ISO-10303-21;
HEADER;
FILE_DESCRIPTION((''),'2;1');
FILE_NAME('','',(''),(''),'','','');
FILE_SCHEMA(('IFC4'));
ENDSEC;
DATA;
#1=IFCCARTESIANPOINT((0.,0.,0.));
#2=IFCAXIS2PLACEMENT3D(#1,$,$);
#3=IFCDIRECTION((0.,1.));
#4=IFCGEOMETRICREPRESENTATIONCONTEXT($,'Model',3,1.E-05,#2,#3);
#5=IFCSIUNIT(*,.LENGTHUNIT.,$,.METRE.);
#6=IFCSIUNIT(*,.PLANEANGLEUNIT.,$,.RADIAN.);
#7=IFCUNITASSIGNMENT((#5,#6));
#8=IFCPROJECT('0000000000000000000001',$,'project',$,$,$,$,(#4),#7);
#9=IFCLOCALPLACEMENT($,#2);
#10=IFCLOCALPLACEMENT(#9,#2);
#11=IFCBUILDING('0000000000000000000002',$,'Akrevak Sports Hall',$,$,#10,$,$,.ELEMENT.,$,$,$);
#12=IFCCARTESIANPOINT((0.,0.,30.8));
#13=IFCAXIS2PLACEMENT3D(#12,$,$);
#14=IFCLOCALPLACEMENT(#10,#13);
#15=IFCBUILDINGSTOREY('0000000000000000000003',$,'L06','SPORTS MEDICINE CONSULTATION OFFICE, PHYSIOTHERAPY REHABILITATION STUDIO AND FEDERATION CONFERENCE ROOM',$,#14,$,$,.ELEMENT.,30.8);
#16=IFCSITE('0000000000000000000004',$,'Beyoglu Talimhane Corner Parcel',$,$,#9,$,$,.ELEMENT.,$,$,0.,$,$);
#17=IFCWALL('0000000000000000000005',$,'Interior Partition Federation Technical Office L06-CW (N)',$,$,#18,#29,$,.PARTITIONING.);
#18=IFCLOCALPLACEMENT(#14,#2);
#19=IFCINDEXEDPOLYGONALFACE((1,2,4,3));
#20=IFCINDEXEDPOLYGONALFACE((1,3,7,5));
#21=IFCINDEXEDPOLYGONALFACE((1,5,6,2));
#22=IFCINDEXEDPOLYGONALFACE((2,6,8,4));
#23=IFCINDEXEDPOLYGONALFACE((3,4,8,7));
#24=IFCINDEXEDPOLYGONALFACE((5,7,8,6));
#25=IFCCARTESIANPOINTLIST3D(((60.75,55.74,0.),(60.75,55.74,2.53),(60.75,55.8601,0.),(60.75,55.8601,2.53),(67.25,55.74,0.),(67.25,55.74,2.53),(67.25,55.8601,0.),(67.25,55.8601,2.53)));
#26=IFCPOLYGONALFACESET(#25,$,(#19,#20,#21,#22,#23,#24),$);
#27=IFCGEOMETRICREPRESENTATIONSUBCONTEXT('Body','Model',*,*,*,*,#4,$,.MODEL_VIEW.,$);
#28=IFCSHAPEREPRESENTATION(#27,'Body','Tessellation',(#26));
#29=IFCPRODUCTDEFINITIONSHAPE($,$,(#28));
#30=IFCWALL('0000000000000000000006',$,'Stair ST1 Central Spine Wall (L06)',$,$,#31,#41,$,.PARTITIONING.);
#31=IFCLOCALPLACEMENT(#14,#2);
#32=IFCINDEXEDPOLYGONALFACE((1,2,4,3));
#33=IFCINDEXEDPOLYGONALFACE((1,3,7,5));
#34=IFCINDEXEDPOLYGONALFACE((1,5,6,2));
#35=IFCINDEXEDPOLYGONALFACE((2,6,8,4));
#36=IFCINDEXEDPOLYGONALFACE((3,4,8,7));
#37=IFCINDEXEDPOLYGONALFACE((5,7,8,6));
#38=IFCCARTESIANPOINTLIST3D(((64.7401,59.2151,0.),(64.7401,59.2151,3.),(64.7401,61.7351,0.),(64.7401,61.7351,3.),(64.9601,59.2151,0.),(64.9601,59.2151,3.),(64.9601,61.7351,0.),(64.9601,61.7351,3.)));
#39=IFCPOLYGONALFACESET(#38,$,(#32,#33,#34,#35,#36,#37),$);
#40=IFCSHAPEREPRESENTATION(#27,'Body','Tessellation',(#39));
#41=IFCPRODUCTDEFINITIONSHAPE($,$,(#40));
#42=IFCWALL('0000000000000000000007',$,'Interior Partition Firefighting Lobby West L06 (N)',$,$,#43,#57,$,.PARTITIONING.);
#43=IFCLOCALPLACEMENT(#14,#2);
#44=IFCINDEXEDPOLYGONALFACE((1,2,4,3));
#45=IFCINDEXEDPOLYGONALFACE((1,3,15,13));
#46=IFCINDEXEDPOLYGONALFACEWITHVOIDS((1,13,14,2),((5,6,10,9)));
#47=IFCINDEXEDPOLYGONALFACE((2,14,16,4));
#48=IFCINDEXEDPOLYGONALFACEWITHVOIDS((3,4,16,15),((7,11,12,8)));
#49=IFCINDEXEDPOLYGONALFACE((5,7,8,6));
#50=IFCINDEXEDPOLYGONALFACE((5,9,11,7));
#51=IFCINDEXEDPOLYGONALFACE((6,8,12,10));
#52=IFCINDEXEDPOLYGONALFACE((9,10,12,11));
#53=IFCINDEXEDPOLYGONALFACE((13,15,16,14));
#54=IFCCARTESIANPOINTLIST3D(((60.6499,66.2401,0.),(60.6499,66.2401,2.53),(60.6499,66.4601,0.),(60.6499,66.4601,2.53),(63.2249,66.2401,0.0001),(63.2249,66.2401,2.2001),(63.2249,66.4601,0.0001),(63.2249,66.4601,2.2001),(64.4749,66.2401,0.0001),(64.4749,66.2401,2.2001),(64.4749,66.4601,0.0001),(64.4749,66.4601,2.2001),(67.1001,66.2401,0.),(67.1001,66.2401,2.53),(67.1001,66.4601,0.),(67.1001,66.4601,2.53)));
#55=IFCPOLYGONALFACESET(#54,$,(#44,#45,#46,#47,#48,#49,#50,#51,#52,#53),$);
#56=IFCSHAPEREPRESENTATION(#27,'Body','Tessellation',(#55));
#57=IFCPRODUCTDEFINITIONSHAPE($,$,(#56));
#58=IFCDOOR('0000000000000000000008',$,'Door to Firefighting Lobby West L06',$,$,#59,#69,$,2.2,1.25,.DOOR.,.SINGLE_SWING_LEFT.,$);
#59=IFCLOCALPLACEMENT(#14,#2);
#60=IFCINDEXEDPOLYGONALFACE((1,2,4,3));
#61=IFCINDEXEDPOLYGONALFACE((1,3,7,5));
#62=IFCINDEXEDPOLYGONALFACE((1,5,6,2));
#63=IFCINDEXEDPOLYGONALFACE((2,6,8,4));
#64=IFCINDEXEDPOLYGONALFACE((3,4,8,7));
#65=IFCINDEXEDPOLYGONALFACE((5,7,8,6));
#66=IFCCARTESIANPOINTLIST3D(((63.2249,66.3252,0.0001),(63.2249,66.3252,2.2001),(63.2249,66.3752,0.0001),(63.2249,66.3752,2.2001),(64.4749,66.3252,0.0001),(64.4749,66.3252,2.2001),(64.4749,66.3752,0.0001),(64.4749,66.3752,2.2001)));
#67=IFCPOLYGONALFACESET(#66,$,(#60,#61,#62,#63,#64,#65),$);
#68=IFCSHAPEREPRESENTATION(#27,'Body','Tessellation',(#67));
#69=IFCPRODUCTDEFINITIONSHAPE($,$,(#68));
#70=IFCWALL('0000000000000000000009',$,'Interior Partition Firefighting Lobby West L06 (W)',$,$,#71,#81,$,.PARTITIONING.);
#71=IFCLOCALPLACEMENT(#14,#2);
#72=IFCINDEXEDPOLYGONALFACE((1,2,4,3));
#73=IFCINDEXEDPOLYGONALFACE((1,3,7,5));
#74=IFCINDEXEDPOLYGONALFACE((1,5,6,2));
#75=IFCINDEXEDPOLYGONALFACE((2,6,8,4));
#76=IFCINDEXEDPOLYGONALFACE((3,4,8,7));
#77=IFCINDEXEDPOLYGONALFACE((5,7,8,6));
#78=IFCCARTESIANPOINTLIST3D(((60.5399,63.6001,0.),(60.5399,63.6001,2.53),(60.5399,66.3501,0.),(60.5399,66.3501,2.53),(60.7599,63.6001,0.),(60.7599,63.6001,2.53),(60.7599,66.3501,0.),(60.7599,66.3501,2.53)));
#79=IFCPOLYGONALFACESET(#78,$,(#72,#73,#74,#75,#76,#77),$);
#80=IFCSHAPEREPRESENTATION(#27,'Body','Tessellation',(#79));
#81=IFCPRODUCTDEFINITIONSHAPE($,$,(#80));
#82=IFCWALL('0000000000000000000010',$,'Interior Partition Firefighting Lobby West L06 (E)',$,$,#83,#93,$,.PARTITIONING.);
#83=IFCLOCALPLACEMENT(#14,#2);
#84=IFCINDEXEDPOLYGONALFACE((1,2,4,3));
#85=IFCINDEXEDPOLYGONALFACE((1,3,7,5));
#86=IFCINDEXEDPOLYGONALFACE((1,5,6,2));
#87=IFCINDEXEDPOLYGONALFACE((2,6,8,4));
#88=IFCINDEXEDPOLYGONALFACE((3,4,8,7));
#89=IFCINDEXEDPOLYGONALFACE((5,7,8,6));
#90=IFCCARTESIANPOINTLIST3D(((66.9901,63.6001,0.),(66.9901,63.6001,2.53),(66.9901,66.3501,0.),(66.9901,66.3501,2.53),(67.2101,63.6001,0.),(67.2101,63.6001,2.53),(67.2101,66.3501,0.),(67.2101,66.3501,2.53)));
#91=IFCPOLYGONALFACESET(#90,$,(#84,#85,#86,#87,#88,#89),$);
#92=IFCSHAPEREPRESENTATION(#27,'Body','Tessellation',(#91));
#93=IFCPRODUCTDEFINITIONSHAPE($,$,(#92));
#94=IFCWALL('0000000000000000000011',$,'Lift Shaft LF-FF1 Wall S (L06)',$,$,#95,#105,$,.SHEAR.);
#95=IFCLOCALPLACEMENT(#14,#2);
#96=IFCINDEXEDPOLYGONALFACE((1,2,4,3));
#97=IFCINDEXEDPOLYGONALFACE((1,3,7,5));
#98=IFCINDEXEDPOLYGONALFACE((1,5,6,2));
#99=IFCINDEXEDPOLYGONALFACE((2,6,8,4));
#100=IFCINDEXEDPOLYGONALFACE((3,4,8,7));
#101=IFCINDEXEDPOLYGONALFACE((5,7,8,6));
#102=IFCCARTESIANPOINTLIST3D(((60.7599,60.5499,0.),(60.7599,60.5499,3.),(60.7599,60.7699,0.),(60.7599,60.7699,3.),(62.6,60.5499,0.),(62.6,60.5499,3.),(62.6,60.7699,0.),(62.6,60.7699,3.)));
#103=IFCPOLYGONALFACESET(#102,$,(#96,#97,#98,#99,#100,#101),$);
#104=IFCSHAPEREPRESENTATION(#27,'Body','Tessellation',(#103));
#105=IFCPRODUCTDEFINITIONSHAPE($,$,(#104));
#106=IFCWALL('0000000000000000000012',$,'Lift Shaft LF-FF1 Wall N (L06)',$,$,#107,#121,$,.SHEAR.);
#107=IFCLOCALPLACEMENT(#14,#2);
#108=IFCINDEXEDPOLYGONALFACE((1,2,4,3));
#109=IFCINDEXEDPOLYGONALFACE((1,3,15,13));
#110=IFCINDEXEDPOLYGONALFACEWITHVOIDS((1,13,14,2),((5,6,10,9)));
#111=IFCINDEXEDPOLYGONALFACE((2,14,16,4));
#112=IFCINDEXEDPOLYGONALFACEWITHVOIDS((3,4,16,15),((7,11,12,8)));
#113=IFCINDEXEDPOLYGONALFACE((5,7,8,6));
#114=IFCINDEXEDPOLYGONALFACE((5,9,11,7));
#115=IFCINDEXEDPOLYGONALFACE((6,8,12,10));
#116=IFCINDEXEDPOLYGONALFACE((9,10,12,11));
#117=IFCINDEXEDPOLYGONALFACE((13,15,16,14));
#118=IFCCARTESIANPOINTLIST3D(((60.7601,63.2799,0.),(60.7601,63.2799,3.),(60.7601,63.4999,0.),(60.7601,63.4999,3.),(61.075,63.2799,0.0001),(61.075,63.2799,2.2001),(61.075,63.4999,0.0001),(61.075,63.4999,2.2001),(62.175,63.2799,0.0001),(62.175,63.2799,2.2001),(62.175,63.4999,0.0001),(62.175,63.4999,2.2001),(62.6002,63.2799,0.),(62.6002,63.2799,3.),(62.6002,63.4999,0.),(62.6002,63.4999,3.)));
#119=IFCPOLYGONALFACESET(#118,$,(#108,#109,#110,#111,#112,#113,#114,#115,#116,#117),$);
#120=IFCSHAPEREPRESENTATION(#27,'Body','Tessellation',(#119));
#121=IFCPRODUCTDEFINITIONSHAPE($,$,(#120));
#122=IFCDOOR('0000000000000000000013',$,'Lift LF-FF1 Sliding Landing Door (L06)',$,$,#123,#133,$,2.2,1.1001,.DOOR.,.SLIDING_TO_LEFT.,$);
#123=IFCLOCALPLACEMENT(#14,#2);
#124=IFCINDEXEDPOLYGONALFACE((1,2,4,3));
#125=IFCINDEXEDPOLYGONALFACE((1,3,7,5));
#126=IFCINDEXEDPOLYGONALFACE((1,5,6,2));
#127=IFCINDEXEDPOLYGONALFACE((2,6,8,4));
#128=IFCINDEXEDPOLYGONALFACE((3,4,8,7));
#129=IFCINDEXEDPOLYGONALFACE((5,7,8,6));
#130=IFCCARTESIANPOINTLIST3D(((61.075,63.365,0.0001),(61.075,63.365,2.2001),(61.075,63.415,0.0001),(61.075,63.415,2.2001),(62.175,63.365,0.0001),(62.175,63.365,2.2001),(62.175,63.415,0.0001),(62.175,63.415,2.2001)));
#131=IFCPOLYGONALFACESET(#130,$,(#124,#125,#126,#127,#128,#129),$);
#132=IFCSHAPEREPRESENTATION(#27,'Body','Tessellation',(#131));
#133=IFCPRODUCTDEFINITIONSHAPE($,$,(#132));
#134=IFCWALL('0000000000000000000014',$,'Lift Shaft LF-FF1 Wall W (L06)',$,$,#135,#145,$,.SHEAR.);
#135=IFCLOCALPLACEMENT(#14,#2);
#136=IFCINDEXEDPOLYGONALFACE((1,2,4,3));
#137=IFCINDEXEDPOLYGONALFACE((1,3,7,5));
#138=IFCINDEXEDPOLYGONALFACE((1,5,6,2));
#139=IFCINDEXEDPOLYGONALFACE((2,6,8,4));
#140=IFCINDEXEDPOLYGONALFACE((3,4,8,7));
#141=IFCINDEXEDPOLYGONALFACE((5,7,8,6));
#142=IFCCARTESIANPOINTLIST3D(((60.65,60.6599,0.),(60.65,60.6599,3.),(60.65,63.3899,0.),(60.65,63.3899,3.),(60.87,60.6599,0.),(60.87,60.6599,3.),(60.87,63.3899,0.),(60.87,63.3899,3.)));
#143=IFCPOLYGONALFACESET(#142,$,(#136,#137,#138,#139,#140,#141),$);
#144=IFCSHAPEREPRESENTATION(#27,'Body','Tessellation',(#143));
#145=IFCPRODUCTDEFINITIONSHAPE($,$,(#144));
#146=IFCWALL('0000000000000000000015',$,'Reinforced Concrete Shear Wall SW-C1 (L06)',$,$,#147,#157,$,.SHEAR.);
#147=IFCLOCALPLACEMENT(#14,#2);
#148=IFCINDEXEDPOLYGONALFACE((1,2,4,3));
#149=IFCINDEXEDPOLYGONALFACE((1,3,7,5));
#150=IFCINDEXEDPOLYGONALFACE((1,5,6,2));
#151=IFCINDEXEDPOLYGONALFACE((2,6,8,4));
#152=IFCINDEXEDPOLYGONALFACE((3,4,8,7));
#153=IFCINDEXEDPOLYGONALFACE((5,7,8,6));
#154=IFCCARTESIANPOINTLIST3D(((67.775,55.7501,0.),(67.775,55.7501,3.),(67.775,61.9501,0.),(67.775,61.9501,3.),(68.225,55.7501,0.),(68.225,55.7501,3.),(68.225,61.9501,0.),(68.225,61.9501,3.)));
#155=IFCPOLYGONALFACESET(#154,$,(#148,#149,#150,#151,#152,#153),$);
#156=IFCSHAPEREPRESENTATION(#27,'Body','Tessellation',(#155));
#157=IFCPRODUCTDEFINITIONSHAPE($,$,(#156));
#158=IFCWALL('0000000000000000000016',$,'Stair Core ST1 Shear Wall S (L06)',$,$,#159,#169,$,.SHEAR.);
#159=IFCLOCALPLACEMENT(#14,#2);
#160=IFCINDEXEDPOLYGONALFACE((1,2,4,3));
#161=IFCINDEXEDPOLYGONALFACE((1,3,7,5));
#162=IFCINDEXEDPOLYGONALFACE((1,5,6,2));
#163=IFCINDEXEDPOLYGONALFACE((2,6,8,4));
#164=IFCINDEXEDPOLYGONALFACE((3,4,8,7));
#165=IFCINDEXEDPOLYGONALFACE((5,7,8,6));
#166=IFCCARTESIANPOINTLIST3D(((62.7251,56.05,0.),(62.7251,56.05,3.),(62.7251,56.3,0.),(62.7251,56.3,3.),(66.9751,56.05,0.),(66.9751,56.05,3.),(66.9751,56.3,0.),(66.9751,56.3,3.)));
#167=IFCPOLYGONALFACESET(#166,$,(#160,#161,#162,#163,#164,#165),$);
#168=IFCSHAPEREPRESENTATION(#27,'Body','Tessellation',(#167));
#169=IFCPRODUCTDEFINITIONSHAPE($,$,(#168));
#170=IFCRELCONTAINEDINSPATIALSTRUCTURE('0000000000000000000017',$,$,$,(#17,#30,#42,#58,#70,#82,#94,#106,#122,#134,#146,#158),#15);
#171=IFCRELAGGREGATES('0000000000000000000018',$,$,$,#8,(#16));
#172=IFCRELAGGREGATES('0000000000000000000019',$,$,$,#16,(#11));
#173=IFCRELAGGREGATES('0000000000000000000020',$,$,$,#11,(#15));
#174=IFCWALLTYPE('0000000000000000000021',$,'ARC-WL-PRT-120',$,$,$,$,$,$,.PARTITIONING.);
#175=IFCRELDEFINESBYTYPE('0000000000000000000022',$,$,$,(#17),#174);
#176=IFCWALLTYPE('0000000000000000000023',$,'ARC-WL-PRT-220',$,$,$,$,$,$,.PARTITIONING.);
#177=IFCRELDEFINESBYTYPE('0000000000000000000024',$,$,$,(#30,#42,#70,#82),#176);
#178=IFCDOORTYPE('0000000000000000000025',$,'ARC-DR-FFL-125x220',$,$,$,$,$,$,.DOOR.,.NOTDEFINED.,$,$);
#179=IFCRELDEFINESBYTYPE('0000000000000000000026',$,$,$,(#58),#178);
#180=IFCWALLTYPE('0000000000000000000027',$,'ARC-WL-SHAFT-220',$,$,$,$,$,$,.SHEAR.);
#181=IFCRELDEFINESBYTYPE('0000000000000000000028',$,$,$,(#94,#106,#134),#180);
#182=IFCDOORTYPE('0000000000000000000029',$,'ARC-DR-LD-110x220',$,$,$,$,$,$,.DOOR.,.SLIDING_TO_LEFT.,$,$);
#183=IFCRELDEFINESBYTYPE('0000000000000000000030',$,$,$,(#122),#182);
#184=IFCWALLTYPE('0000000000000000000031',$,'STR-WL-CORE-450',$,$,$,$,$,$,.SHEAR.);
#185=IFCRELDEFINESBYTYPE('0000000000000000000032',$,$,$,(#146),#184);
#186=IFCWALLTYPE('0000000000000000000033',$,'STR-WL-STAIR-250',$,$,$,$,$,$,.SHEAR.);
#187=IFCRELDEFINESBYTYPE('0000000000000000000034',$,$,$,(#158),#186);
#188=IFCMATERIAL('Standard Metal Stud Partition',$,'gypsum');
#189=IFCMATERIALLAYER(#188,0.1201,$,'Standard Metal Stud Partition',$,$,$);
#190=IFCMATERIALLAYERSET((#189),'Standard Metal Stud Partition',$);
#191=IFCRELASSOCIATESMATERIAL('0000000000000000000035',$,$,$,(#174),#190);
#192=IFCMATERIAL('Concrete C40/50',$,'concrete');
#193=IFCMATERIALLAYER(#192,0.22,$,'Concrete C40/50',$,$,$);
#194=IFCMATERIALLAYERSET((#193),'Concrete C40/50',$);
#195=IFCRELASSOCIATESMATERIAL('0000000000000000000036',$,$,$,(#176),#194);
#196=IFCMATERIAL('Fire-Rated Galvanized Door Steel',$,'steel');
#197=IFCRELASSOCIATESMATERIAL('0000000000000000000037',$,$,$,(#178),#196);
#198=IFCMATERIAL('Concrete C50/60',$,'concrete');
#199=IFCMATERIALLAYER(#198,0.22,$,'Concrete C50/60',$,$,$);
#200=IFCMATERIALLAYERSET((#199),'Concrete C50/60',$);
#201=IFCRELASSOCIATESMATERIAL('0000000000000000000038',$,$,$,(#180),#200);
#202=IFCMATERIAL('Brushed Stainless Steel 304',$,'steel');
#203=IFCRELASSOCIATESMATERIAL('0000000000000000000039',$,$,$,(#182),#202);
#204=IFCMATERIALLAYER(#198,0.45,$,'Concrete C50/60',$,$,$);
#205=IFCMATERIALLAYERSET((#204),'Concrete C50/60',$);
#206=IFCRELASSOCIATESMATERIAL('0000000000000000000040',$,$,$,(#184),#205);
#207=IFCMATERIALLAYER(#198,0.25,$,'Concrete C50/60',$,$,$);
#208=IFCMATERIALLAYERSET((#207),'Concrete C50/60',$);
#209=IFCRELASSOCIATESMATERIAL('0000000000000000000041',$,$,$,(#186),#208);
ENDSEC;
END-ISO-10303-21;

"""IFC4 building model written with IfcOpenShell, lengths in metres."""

from ifc_helpers import new_model, si_unit, direction, frame, frame_2d, origin, place, context, subcontext, project, spatial, rectangle, extrude, material, layer, layer_set, type_object, element, fill, save


model = new_model("IFC4")

# Units and contexts
model_context = context("Model", 3, precision=1e-05, world=origin(), true_north=direction((0.0, 1.0)))
body_context = subcontext(model_context, "Body", "Model", "MODEL_VIEW")
ifc_project = project(units=[si_unit("LENGTHUNIT", "METRE"), si_unit("PLANEANGLEUNIT", "RADIAN")], contexts=[model_context])

# Site, building, storey
site_placement = place(None, origin())
site = spatial("IfcSite", under=ifc_project, at=site_placement, Name="Beyoglu Talimhane Corner Parcel", CompositionType="ELEMENT", RefElevation=0.0)
building_placement = place(site_placement, origin())
building = spatial("IfcBuilding", under=site, at=building_placement, Name="Akrevak Sports Hall", CompositionType="ELEMENT")
storey_placement = place(building_placement, frame((0.0, 0.0, 30.8)))
storey = spatial("IfcBuildingStorey", under=building, at=storey_placement, Name="L06", Description="SPORTS MEDICINE CONSULTATION OFFICE, PHYSIOTHERAPY REHABILITATION STUDIO AND FEDERATION CONFERENCE ROOM", CompositionType="ELEMENT", Elevation=30.8)

# Shared definitions
ifc_material_1 = material(Name="Concrete C40/50", Category="concrete")

# Walls
ifc_material_2 = material(Name="Standard Metal Stud Partition", Category="gypsum")
ifc_layer_1 = layer(ifc_material_2, 0.1201, Name="Standard Metal Stud Partition")
ifc_layer_set_1 = layer_set([ifc_layer_1], Name="Standard Metal Stud Partition")
wall_type_1 = type_object("IfcWallType", Name="ARC-WL-PRT-120", PredefinedType="PARTITIONING", material=ifc_layer_set_1)
wall_1_placement = place(storey_placement, frame((60.75, 55.8, 0.0), z_axis=(0.0, 0.0, 1.0), x_axis=(1.0, 0.0, 0.0)))
element("IfcWall", 1, at=wall_1_placement, inside=storey, type_object=wall_type_1, Name="Interior Partition Federation Technical Office L06-CW (N)", PredefinedType="PARTITIONING", context=body_context, shape_type="SweptSolid", body=[
    extrude(rectangle(XDim=6.5, YDim=0.1201, at=frame_2d((3.25, 0.0))), origin(), (0.0, 0.0, 1.0), 2.53),
])
ifc_layer_2 = layer(ifc_material_1, 0.22, Name="Concrete C40/50")
ifc_layer_set_2 = layer_set([ifc_layer_2], Name="Concrete C40/50")
wall_type_2 = type_object("IfcWallType", Name="ARC-WL-PRT-220", PredefinedType="PARTITIONING", material=ifc_layer_set_2)
wall_2_placement = place(storey_placement, frame((64.8501, 59.2151, 0.0), z_axis=(0.0, 0.0, 1.0), x_axis=(0.0, 1.0, 0.0)))
element("IfcWall", 2, at=wall_2_placement, inside=storey, type_object=wall_type_2, Name="Stair ST1 Central Spine Wall (L06)", PredefinedType="PARTITIONING", context=body_context, shape_type="SweptSolid", body=[
    extrude(rectangle(XDim=2.52, YDim=0.22, at=frame_2d((1.26, 0.0))), origin(), (0.0, 0.0, 1.0), 3.0),
])

# Wall, opening, door
wall_3_placement = place(storey_placement, frame((60.6499, 66.3501, 0.0), z_axis=(0.0, 0.0, 1.0), x_axis=(1.0, 0.0, 0.0)))
wall_3 = element("IfcWall", 3, at=wall_3_placement, inside=storey, type_object=wall_type_2, Name="Interior Partition Firefighting Lobby West L06 (N)", PredefinedType="PARTITIONING", context=body_context, shape_type="SweptSolid", body=[
    extrude(rectangle(XDim=6.4502, YDim=0.22, at=frame_2d((3.2251, 0.0))), origin(), (0.0, 0.0, 1.0), 2.53),
])
opening_1_placement = place(wall_3_placement, frame((2.575, 0.0, 0.0)))
opening_1 = element("IfcOpeningElement", 4, at=opening_1_placement, cuts=wall_3, PredefinedType="OPENING", context=body_context, shape_type="SweptSolid", body=[
    extrude(rectangle(XDim=1.25, YDim=2.2, at=frame_2d((0.625, 1.1001))), frame((0.0, 0.1221, 0.0), z_axis=(0.0, -1.0, 0.0), x_axis=(1.0, 0.0, 0.0)), (0.0, 0.0, 1.0), 0.2439),
])
ifc_material_3 = material(Name="Fire-Rated Galvanized Door Steel", Category="steel")
door_type_1 = type_object("IfcDoorType", Name="ARC-DR-FFL-125x220", OperationType="NOTDEFINED", PredefinedType="DOOR", material=ifc_material_3)
door_1_placement = place(opening_1_placement, frame((1.25, 0.0, 0.0), z_axis=(0.0, 0.0, 1.0), x_axis=(-1.0, 0.0, 0.0)))
door_1 = element("IfcDoor", 5, at=door_1_placement, inside=storey, type_object=door_type_1, Name="Door to Firefighting Lobby West L06", OperationType="SINGLE_SWING_LEFT", OverallHeight=2.2, OverallWidth=1.25, PredefinedType="DOOR", context=body_context, shape_type="SweptSolid", body=[
    extrude(rectangle(XDim=1.25, YDim=2.2, at=frame_2d((0.625, 1.1001))), frame((0.0, 0.0249, 0.0), z_axis=(0.0, -1.0, 0.0), x_axis=(1.0, 0.0, 0.0)), (0.0, 0.0, 1.0), 0.05),
])
fill(opening_1, door_1)

# Walls
for number, where, z_axis, x_axis, name in (
    (6, (60.6499, 63.6001, 0.0), (0.0, 0.0, 1.0), (0.0, 1.0, 0.0), "Interior Partition Firefighting Lobby West L06 (W)"),
    (7, (67.1001, 63.6001, 0.0), (0.0, 0.0, 1.0), (0.0, 1.0, 0.0), "Interior Partition Firefighting Lobby West L06 (E)"),
):
    element("IfcWall", number, at=place(storey_placement, frame(where, z_axis=z_axis, x_axis=x_axis)), inside=storey, type_object=wall_type_2, Name=name, PredefinedType="PARTITIONING", context=body_context, shape_type="SweptSolid", body=[
        extrude(rectangle(XDim=2.75, YDim=0.22, at=frame_2d((1.375, 0.0))), origin(), (0.0, 0.0, 1.0), 2.53),
    ])
ifc_material_4 = material(Name="Concrete C50/60", Category="concrete")
ifc_layer_3 = layer(ifc_material_4, 0.22, Name="Concrete C50/60")
ifc_layer_set_3 = layer_set([ifc_layer_3], Name="Concrete C50/60")
wall_type_3 = type_object("IfcWallType", Name="ARC-WL-SHAFT-220", PredefinedType="SHEAR", material=ifc_layer_set_3)
wall_4_placement = place(storey_placement, frame((60.76, 60.6599, 0.0), z_axis=(0.0, 0.0, 1.0), x_axis=(1.0, 0.0, 0.0)))
element("IfcWall", 8, at=wall_4_placement, inside=storey, type_object=wall_type_3, Name="Lift Shaft LF-FF1 Wall S (L06)", PredefinedType="SHEAR", context=body_context, shape_type="SweptSolid", body=[
    extrude(rectangle(XDim=1.8401, YDim=0.22, at=frame_2d((0.9199, 0.0))), origin(), (0.0, 0.0, 1.0), 3.0),
])

# Wall, opening, door
wall_5_placement = place(storey_placement, frame((62.6001, 63.3899, 0.0), z_axis=(0.0, 0.0, 1.0), x_axis=(-1.0, 0.0, 0.0)))
wall_5 = element("IfcWall", 9, at=wall_5_placement, inside=storey, type_object=wall_type_3, Name="Lift Shaft LF-FF1 Wall N (L06)", PredefinedType="SHEAR", context=body_context, shape_type="SweptSolid", body=[
    extrude(rectangle(XDim=1.8401, YDim=0.22, at=frame_2d((0.9199, 0.0))), origin(), (0.0, 0.0, 1.0), 3.0),
])
opening_2_placement = place(wall_5_placement, frame((0.425, 0.0, 0.0)))
opening_2 = element("IfcOpeningElement", 10, at=opening_2_placement, cuts=wall_5, PredefinedType="OPENING", context=body_context, shape_type="SweptSolid", body=[
    extrude(rectangle(XDim=1.1001, YDim=2.2, at=frame_2d((0.55, 1.1001))), frame((0.0, 0.1221, 0.0), z_axis=(0.0, -1.0, 0.0), x_axis=(1.0, 0.0, 0.0)), (0.0, 0.0, 1.0), 0.2439),
])
ifc_material_5 = material(Name="Brushed Stainless Steel 304", Category="steel")
door_type_2 = type_object("IfcDoorType", Name="ARC-DR-LD-110x220", OperationType="SLIDING_TO_LEFT", PredefinedType="DOOR", material=ifc_material_5)
door_2_placement = place(opening_2_placement, origin())
door_2 = element("IfcDoor", 11, at=door_2_placement, inside=storey, type_object=door_type_2, Name="Lift LF-FF1 Sliding Landing Door (L06)", OperationType="SLIDING_TO_LEFT", OverallHeight=2.2, OverallWidth=1.1001, PredefinedType="DOOR", context=body_context, shape_type="SweptSolid", body=[
    extrude(rectangle(XDim=1.1001, YDim=2.2, at=frame_2d((0.55, 1.1001))), frame((0.0, 0.0249, 0.0), z_axis=(0.0, -1.0, 0.0), x_axis=(1.0, 0.0, 0.0)), (0.0, 0.0, 1.0), 0.05),
])
fill(opening_2, door_2)

# Walls
wall_6_placement = place(storey_placement, frame((60.76, 63.3899, 0.0), z_axis=(0.0, 0.0, 1.0), x_axis=(0.0, -1.0, 0.0)))
element("IfcWall", 12, at=wall_6_placement, inside=storey, type_object=wall_type_3, Name="Lift Shaft LF-FF1 Wall W (L06)", PredefinedType="SHEAR", context=body_context, shape_type="SweptSolid", body=[
    extrude(rectangle(XDim=2.73, YDim=0.22, at=frame_2d((1.365, 0.0))), origin(), (0.0, 0.0, 1.0), 3.0),
])
ifc_layer_4 = layer(ifc_material_4, 0.45, Name="Concrete C50/60")
ifc_layer_set_4 = layer_set([ifc_layer_4], Name="Concrete C50/60")
wall_type_4 = type_object("IfcWallType", Name="STR-WL-CORE-450", PredefinedType="SHEAR", material=ifc_layer_set_4)
wall_7_placement = place(storey_placement, frame((68.0, 55.75, 0.0), z_axis=(0.0, 0.0, 1.0), x_axis=(0.0, 1.0, 0.0)))
element("IfcWall", 13, at=wall_7_placement, inside=storey, type_object=wall_type_4, Name="Reinforced Concrete Shear Wall SW-C1 (L06)", PredefinedType="SHEAR", context=body_context, shape_type="SweptSolid", body=[
    extrude(rectangle(XDim=6.2, YDim=0.45, at=frame_2d((3.1001, 0.0))), origin(), (0.0, 0.0, 1.0), 3.0),
])
ifc_layer_5 = layer(ifc_material_4, 0.25, Name="Concrete C50/60")
ifc_layer_set_5 = layer_set([ifc_layer_5], Name="Concrete C50/60")
wall_type_5 = type_object("IfcWallType", Name="STR-WL-STAIR-250", PredefinedType="SHEAR", material=ifc_layer_set_5)
wall_8_placement = place(storey_placement, frame((62.7251, 56.175, 0.0), z_axis=(0.0, 0.0, 1.0), x_axis=(1.0, 0.0, 0.0)))
element("IfcWall", 14, at=wall_8_placement, inside=storey, type_object=wall_type_5, Name="Stair Core ST1 Shear Wall S (L06)", PredefinedType="SHEAR", context=body_context, shape_type="SweptSolid", body=[
    extrude(rectangle(XDim=4.25, YDim=0.25, at=frame_2d((2.125, 0.0))), origin(), (0.0, 0.0, 1.0), 3.0),
])

save(model, "model.ifc")
